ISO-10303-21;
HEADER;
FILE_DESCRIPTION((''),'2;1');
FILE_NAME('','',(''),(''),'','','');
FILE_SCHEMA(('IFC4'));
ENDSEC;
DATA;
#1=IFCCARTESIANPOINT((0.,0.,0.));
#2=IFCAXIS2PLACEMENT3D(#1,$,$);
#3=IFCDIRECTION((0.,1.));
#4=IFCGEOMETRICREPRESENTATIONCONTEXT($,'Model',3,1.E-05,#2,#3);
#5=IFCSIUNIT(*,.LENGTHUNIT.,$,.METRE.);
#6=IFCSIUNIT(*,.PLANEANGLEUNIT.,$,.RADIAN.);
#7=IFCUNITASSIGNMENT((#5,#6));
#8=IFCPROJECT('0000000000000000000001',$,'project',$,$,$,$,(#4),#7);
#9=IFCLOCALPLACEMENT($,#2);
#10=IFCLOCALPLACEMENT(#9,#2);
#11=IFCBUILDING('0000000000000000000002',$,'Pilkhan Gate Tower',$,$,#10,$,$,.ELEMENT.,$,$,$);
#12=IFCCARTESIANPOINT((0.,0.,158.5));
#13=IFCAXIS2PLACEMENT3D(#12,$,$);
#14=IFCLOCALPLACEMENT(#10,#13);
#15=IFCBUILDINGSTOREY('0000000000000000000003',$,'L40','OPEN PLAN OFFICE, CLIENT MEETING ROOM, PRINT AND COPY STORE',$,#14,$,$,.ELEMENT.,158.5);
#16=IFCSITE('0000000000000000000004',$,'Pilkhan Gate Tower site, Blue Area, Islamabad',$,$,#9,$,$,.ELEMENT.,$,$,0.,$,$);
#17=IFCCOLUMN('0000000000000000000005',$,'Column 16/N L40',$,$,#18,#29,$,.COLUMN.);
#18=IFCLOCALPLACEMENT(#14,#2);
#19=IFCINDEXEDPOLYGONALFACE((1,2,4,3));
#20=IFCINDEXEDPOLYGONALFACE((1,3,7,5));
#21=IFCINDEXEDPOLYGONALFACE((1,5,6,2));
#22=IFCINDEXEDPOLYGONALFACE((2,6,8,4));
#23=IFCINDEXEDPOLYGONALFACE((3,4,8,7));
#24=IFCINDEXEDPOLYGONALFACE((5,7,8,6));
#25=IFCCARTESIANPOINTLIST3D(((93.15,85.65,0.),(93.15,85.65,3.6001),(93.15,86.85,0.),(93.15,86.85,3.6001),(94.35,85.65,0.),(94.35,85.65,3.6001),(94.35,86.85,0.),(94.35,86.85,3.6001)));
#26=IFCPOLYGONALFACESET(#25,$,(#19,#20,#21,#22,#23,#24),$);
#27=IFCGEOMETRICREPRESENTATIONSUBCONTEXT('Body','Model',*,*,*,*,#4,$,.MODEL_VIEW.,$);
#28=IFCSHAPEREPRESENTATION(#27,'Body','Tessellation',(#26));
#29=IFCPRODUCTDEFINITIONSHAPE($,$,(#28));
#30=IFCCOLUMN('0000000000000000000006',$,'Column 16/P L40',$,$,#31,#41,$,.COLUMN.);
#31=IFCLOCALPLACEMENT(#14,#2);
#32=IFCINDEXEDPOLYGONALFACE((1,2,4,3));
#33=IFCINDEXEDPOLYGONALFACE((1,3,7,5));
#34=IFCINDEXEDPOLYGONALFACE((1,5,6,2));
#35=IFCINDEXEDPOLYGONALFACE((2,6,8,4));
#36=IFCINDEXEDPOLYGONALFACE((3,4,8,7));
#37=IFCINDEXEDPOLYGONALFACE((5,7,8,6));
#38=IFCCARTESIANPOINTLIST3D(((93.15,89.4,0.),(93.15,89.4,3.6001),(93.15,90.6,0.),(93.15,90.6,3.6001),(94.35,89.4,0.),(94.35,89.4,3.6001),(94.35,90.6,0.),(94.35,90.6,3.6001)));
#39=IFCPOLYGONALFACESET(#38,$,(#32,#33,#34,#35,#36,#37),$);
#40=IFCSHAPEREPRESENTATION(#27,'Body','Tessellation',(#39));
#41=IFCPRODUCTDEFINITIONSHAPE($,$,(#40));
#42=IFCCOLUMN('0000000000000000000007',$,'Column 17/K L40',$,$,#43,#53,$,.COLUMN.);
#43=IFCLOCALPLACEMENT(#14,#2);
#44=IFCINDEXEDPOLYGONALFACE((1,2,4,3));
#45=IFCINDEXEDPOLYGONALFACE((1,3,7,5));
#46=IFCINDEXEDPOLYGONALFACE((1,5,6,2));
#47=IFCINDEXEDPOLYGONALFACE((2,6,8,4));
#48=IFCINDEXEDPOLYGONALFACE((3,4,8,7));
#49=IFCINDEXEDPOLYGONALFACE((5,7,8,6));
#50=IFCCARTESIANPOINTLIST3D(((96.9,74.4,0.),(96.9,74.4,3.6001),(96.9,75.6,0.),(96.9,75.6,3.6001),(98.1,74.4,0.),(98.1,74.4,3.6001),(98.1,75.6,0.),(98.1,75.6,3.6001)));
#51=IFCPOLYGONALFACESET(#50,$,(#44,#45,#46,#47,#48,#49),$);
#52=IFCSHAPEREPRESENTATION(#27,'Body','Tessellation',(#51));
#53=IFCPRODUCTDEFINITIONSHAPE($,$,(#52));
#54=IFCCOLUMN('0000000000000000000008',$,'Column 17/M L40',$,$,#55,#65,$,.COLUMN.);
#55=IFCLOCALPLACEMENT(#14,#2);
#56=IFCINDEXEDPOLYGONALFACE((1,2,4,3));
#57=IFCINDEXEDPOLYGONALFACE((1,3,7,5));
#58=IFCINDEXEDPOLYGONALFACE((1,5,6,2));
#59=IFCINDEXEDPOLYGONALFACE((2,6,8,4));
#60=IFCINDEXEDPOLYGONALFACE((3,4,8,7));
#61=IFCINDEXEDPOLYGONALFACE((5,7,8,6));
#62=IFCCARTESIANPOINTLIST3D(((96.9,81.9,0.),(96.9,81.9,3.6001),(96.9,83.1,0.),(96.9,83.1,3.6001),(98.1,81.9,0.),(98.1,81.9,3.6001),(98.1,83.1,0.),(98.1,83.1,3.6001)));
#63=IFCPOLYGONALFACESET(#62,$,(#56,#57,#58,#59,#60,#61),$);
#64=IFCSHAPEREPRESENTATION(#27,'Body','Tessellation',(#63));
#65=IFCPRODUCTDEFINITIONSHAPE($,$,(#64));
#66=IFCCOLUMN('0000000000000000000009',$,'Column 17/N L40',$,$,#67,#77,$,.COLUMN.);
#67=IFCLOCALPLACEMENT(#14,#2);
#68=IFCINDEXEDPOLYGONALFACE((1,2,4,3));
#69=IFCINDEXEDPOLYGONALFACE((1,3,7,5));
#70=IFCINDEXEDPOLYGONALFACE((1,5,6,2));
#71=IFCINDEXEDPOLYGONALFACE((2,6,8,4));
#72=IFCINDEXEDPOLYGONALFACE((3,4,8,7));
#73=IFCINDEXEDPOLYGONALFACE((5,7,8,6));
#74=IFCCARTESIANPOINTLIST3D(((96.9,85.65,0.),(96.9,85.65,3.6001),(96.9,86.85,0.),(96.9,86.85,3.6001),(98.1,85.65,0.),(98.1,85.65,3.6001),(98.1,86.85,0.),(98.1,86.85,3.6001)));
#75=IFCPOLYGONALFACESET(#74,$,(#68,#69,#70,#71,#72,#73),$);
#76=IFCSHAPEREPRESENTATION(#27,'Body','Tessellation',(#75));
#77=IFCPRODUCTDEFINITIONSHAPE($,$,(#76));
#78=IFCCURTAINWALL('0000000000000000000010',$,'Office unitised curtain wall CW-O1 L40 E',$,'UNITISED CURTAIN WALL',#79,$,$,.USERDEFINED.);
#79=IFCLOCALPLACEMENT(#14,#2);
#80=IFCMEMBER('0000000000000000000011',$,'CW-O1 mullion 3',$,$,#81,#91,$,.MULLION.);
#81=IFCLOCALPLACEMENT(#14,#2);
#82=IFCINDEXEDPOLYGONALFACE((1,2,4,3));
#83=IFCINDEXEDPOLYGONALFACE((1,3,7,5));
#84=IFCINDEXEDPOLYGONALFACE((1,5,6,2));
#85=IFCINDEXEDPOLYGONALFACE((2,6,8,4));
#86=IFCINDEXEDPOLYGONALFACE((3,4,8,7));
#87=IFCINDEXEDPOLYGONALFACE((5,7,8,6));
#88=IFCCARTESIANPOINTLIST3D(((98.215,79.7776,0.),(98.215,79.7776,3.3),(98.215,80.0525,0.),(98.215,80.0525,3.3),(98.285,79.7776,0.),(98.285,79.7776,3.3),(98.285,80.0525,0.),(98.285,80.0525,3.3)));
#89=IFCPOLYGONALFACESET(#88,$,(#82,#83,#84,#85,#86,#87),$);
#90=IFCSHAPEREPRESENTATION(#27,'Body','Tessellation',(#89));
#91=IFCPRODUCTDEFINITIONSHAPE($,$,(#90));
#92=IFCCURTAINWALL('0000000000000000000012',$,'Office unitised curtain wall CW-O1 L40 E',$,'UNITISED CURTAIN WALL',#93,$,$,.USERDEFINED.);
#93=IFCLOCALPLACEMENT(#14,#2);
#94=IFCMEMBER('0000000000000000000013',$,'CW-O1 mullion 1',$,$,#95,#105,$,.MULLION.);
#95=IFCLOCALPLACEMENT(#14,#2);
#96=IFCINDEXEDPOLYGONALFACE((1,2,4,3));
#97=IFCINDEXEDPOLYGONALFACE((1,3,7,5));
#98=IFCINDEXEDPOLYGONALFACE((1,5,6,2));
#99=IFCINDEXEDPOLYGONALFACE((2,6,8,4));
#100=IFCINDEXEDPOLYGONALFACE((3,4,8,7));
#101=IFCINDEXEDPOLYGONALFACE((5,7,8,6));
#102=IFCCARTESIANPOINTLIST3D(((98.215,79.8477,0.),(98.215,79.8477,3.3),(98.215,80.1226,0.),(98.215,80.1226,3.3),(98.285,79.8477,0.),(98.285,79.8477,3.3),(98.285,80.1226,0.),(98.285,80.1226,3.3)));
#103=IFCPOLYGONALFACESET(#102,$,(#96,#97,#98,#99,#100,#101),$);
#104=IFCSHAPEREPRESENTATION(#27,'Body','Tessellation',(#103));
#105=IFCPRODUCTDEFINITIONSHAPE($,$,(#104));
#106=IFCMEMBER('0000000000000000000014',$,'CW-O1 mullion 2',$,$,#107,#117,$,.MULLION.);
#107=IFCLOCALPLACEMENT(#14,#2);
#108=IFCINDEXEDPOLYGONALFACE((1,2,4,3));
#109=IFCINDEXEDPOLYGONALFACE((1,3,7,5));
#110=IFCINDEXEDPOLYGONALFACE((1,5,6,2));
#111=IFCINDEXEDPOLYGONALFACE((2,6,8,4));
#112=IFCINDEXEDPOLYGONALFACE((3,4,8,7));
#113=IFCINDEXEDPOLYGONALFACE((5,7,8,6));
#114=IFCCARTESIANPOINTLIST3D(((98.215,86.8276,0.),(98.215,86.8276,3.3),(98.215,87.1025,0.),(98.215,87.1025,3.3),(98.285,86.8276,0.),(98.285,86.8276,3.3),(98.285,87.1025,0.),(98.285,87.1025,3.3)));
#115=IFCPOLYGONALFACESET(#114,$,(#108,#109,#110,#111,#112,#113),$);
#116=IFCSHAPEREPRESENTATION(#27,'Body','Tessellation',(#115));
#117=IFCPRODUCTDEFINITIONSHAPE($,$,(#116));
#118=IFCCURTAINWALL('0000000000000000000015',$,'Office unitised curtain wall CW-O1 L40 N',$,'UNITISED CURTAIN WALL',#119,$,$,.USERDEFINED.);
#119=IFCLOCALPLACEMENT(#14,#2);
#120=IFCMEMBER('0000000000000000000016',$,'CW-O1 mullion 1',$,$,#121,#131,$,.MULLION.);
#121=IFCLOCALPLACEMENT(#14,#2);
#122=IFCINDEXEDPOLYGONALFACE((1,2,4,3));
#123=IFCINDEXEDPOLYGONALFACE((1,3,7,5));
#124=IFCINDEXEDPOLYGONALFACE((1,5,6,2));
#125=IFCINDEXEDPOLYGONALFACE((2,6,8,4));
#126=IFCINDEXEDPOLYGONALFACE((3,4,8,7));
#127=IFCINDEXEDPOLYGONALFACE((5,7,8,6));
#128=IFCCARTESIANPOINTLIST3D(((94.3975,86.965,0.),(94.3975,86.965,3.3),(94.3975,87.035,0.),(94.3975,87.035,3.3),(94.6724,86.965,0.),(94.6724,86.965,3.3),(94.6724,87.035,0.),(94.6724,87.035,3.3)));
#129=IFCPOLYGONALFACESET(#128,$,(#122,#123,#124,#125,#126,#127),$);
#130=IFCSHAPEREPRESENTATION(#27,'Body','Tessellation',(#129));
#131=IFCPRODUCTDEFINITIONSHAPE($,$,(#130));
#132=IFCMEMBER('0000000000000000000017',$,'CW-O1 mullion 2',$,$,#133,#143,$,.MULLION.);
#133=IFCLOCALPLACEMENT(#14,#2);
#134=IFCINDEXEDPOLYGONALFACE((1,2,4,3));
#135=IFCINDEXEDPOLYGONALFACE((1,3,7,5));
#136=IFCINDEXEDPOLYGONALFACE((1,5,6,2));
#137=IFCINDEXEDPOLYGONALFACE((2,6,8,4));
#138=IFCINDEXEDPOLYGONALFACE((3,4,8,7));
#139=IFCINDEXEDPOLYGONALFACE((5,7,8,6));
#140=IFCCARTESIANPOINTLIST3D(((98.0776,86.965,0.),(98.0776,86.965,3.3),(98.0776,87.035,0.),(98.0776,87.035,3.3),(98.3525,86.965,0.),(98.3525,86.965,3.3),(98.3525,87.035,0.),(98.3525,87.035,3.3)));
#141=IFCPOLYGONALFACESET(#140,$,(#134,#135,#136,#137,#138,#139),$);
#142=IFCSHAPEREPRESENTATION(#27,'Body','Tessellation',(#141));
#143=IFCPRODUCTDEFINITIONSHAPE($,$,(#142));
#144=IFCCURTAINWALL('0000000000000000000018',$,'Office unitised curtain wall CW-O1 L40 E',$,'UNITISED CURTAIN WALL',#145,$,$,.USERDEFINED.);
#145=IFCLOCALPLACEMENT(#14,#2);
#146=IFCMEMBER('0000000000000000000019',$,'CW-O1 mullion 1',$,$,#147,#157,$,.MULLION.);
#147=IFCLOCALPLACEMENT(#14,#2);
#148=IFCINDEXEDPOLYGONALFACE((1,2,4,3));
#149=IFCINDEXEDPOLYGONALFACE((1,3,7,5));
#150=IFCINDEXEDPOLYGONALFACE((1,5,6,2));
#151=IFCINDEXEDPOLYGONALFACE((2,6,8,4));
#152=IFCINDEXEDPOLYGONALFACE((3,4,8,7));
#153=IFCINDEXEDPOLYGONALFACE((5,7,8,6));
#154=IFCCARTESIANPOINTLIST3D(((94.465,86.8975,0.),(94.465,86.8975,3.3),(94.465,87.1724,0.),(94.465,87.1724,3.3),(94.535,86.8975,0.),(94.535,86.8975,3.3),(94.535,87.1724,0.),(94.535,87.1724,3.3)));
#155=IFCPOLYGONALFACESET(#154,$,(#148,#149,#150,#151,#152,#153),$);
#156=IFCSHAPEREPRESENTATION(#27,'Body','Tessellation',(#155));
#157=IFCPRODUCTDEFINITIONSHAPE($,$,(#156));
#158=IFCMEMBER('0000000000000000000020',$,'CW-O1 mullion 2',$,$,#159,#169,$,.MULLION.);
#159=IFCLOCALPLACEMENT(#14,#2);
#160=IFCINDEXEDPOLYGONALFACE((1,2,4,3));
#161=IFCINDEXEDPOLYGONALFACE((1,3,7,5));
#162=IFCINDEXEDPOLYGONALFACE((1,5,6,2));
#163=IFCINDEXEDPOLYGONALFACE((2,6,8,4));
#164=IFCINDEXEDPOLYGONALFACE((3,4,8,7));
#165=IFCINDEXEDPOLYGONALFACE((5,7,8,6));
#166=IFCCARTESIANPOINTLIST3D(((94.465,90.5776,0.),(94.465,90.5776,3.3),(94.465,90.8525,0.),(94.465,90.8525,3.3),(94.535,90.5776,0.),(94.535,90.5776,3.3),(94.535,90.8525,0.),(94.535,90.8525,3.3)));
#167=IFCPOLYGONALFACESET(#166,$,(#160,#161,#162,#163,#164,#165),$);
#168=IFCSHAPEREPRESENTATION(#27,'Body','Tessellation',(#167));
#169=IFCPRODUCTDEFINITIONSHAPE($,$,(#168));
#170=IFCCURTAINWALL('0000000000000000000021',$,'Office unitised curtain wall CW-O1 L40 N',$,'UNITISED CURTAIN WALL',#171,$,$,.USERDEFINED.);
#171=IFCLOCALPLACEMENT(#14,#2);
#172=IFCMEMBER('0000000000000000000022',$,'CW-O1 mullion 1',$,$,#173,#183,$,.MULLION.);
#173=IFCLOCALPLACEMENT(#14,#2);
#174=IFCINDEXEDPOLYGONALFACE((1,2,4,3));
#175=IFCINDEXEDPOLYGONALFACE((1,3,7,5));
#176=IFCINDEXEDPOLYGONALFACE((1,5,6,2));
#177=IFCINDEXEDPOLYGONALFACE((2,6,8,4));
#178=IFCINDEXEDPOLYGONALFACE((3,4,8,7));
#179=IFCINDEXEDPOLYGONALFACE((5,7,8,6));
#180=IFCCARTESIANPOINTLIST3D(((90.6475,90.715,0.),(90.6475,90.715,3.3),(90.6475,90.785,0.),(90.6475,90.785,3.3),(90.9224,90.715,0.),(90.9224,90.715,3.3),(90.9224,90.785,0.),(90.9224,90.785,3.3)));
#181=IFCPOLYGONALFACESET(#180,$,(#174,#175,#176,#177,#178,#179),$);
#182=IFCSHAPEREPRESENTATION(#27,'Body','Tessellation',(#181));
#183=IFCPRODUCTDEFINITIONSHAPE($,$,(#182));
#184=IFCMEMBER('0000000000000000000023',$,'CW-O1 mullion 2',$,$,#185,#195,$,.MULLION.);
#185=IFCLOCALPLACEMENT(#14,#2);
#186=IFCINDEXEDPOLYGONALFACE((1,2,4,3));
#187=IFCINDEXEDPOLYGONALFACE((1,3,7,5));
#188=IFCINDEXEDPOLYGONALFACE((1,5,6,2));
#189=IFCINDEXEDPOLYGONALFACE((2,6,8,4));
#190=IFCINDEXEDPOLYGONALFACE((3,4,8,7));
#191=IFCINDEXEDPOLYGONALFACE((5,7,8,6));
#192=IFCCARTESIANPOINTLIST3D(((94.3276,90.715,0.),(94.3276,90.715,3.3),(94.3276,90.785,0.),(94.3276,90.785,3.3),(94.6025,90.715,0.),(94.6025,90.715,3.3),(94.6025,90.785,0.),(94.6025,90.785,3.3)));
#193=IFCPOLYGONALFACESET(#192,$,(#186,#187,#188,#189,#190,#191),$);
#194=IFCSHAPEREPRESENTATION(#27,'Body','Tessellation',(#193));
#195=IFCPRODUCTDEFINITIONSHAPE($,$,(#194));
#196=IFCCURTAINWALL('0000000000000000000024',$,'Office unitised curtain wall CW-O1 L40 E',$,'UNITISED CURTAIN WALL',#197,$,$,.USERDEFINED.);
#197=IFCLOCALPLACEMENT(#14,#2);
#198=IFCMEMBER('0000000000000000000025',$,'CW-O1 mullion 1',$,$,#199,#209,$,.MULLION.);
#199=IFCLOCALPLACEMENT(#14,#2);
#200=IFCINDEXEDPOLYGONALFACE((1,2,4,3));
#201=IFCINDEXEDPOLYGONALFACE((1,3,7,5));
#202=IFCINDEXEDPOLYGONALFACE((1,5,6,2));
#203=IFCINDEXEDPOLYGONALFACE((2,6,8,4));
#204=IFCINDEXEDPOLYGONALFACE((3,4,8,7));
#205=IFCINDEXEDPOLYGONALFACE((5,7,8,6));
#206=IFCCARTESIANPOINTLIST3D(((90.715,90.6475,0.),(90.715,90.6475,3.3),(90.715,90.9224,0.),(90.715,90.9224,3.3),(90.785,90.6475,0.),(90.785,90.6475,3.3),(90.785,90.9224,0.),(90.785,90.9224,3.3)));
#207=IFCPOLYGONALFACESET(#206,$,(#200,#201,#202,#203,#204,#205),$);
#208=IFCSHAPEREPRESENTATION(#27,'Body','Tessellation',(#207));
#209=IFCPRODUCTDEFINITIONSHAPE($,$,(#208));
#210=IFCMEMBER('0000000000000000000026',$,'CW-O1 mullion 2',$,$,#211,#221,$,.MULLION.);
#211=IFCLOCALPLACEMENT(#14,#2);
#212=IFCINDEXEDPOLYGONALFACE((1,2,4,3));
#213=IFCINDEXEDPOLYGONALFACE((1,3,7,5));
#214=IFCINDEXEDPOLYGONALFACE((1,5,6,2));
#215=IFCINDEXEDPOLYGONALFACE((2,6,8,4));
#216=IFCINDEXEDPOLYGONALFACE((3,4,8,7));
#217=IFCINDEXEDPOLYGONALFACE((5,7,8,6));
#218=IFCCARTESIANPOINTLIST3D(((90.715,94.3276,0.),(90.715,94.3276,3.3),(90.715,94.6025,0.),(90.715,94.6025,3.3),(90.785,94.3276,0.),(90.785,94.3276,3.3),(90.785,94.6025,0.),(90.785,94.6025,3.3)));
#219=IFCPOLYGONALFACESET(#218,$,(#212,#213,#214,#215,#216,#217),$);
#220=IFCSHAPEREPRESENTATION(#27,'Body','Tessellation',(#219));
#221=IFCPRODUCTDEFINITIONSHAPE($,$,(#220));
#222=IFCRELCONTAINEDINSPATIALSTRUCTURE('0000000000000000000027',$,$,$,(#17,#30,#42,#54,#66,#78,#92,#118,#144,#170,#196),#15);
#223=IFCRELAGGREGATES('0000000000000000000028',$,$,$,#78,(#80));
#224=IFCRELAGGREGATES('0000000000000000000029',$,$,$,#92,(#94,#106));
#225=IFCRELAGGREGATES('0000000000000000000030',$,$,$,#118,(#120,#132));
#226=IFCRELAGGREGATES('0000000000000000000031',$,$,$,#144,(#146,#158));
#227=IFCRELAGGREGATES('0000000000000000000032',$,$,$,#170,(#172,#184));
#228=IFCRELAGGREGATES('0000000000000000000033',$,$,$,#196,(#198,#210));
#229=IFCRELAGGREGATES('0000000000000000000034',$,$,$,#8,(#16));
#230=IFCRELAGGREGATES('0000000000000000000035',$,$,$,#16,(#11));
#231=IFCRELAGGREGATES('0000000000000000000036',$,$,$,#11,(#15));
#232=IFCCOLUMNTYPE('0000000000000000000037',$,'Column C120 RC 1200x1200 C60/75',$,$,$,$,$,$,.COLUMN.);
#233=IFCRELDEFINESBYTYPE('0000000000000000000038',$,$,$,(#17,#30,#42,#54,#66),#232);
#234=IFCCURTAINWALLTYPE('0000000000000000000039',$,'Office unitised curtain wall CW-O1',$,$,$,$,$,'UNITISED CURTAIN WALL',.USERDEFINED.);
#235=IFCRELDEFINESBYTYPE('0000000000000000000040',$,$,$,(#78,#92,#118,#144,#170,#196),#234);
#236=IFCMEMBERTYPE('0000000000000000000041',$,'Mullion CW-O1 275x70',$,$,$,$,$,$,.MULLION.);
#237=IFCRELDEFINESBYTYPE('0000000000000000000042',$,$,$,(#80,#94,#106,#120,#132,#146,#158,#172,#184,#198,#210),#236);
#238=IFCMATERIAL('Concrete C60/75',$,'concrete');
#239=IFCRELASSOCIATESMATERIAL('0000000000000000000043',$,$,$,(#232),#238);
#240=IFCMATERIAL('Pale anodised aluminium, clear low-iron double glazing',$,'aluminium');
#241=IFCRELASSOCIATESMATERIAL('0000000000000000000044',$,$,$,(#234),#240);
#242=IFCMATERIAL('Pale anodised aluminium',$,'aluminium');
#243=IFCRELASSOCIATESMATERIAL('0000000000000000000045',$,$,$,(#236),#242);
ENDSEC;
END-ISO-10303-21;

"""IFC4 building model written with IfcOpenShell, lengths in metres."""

from ifc_helpers import new_model, si_unit, direction, frame, origin, origin_2d, place, context, subcontext, project, spatial, rectangle, extrude, material, material_profile, profile_set, type_object, element, aggregate, save


model = new_model("IFC4")

# Units and contexts
model_context = context("Model", 3, precision=1e-05, world=origin(), true_north=direction((0.0, 1.0)))
body_context = subcontext(model_context, "Body", "Model", "MODEL_VIEW")
ifc_project = project(units=[si_unit("LENGTHUNIT", "METRE"), si_unit("PLANEANGLEUNIT", "RADIAN")], contexts=[model_context])

# Site, building, storey
site_placement = place(None, origin())
site = spatial("IfcSite", under=ifc_project, at=site_placement, Name="Pilkhan Gate Tower site, Blue Area, Islamabad", CompositionType="ELEMENT", RefElevation=0.0)
building_placement = place(site_placement, origin())
building = spatial("IfcBuilding", under=site, at=building_placement, Name="Pilkhan Gate Tower", CompositionType="ELEMENT")
storey_placement = place(building_placement, frame((0.0, 0.0, 158.5)))
storey = spatial("IfcBuildingStorey", under=building, at=storey_placement, Name="L40", Description="OPEN PLAN OFFICE, CLIENT MEETING ROOM, PRINT AND COPY STORE", CompositionType="ELEMENT", Elevation=158.5)

# Columns
ifc_material_1 = material(Name="Concrete C60/75", Category="concrete")
ifc_material_profile_1 = material_profile(ifc_material_1, rectangle(XDim=1.2, YDim=1.2, at=origin_2d()), Name="RC 1200x1200")
ifc_profile_set_1 = profile_set([ifc_material_profile_1], Name="Concrete C60/75")
column_type = type_object("IfcColumnType", Name="Column C120 RC 1200x1200 C60/75", PredefinedType="COLUMN", material=ifc_profile_set_1)
for number, where, z_axis, x_axis, name in (
    (1, (93.75, 86.25, 0.0), (0.0, 0.0, 1.0), (1.0, 0.0, 0.0), "Column 16/N L40"),
    (2, (93.75, 90.0, 0.0), (0.0, 0.0, 1.0), (1.0, 0.0, 0.0), "Column 16/P L40"),
    (3, (97.5, 75.0, 0.0), (0.0, 0.0, 1.0), (1.0, 0.0, 0.0), "Column 17/K L40"),
    (4, (97.5, 82.5, 0.0), (0.0, 0.0, 1.0), (1.0, 0.0, 0.0), "Column 17/M L40"),
    (5, (97.5, 86.25, 0.0), (0.0, 0.0, 1.0), (1.0, 0.0, 0.0), "Column 17/N L40"),
):
    element("IfcColumn", number, at=place(storey_placement, frame(where, z_axis=z_axis, x_axis=x_axis)), inside=storey, type_object=column_type, Name=name, PredefinedType="COLUMN", context=body_context, shape_type="SweptSolid", body=[
        extrude(rectangle(XDim=1.2, YDim=1.2, at=origin_2d()), origin(), (0.0, 0.0, 1.0), 3.6001),
    ])

# Curtain wall, member
ifc_material_2 = material(Name="Pale anodised aluminium, clear low-iron double glazing", Category="aluminium")
curtain_wall_type = type_object("IfcCurtainWallType", Name="Office unitised curtain wall CW-O1", ElementType="UNITISED CURTAIN WALL", PredefinedType="USERDEFINED", material=ifc_material_2)
curtain_wall_1_placement = place(storey_placement, origin())
curtain_wall_1 = element("IfcCurtainWall", 6, at=curtain_wall_1_placement, inside=storey, type_object=curtain_wall_type, Name="Office unitised curtain wall CW-O1 L40 E", ObjectType="UNITISED CURTAIN WALL", PredefinedType="USERDEFINED")
ifc_material_3 = material(Name="Pale anodised aluminium", Category="aluminium")
ifc_material_profile_2 = material_profile(ifc_material_3, rectangle(XDim=0.0701, YDim=0.2749, at=origin_2d()), Name="Mullion 275x70")
ifc_profile_set_2 = profile_set([ifc_material_profile_2], Name="Pale anodised aluminium")
member_type_1 = type_object("IfcMemberType", Name="Mullion CW-O1 275x70", PredefinedType="MULLION", material=ifc_profile_set_2)
member_1_placement = place(storey_placement, frame((98.25, 79.915, 0.0), z_axis=(0.0, 0.0, 1.0), x_axis=(-1.0, 0.0, 0.0)))
member_1 = element("IfcMember", 7, at=member_1_placement, type_object=member_type_1, Name="CW-O1 mullion 3", PredefinedType="MULLION", context=body_context, shape_type="SweptSolid", body=[
    extrude(rectangle(XDim=0.0701, YDim=0.2749, at=origin_2d()), origin(), (0.0, 0.0, 1.0), 3.3),
])

# Curtain walls, members
curtain_wall_2_placement = place(storey_placement, origin())
curtain_wall_2 = element("IfcCurtainWall", 8, at=curtain_wall_2_placement, inside=storey, type_object=curtain_wall_type, Name="Office unitised curtain wall CW-O1 L40 E", ObjectType="UNITISED CURTAIN WALL", PredefinedType="USERDEFINED")
member_2_placement = place(storey_placement, frame((98.25, 79.9851, 0.0), z_axis=(0.0, 0.0, 1.0), x_axis=(-1.0, 0.0, 0.0)))
member_2 = element("IfcMember", 9, at=member_2_placement, type_object=member_type_1, Name="CW-O1 mullion 1", PredefinedType="MULLION", context=body_context, shape_type="SweptSolid", body=[
    extrude(rectangle(XDim=0.0701, YDim=0.2749, at=origin_2d()), origin(), (0.0, 0.0, 1.0), 3.3),
])
member_3_placement = place(storey_placement, frame((98.25, 86.9651, 0.0), z_axis=(0.0, 0.0, 1.0), x_axis=(-1.0, 0.0, 0.0)))
member_3 = element("IfcMember", 10, at=member_3_placement, type_object=member_type_1, Name="CW-O1 mullion 2", PredefinedType="MULLION", context=body_context, shape_type="SweptSolid", body=[
    extrude(rectangle(XDim=0.0701, YDim=0.2749, at=origin_2d()), origin(), (0.0, 0.0, 1.0), 3.3),
])
curtain_wall_3_placement = place(storey_placement, origin())
curtain_wall_3 = element("IfcCurtainWall", 11, at=curtain_wall_3_placement, inside=storey, type_object=curtain_wall_type, Name="Office unitised curtain wall CW-O1 L40 N", ObjectType="UNITISED CURTAIN WALL", PredefinedType="USERDEFINED")
member_4_placement = place(storey_placement, frame((94.5349, 87.0, 0.0), z_axis=(0.0, 0.0, 1.0), x_axis=(0.0, 1.0, 0.0)))
member_4 = element("IfcMember", 12, at=member_4_placement, type_object=member_type_1, Name="CW-O1 mullion 1", PredefinedType="MULLION", context=body_context, shape_type="SweptSolid", body=[
    extrude(rectangle(XDim=0.0701, YDim=0.2749, at=origin_2d()), origin(), (0.0, 0.0, 1.0), 3.3),
])
member_5_placement = place(storey_placement, frame((98.2151, 87.0, 0.0), z_axis=(0.0, 0.0, 1.0), x_axis=(0.0, 1.0, 0.0)))
member_5 = element("IfcMember", 13, at=member_5_placement, type_object=member_type_1, Name="CW-O1 mullion 2", PredefinedType="MULLION", context=body_context, shape_type="SweptSolid", body=[
    extrude(rectangle(XDim=0.0701, YDim=0.2749, at=origin_2d()), origin(), (0.0, 0.0, 1.0), 3.3),
])
curtain_wall_4_placement = place(storey_placement, origin())
curtain_wall_4 = element("IfcCurtainWall", 14, at=curtain_wall_4_placement, inside=storey, type_object=curtain_wall_type, Name="Office unitised curtain wall CW-O1 L40 E", ObjectType="UNITISED CURTAIN WALL", PredefinedType="USERDEFINED")
member_6_placement = place(storey_placement, frame((94.5, 87.0349, 0.0), z_axis=(0.0, 0.0, 1.0), x_axis=(-1.0, 0.0, 0.0)))
member_6 = element("IfcMember", 15, at=member_6_placement, type_object=member_type_1, Name="CW-O1 mullion 1", PredefinedType="MULLION", context=body_context, shape_type="SweptSolid", body=[
    extrude(rectangle(XDim=0.0701, YDim=0.2749, at=origin_2d()), origin(), (0.0, 0.0, 1.0), 3.3),
])
member_7_placement = place(storey_placement, frame((94.5, 90.7151, 0.0), z_axis=(0.0, 0.0, 1.0), x_axis=(-1.0, 0.0, 0.0)))
member_7 = element("IfcMember", 16, at=member_7_placement, type_object=member_type_1, Name="CW-O1 mullion 2", PredefinedType="MULLION", context=body_context, shape_type="SweptSolid", body=[
    extrude(rectangle(XDim=0.0701, YDim=0.2749, at=origin_2d()), origin(), (0.0, 0.0, 1.0), 3.3),
])
curtain_wall_5_placement = place(storey_placement, origin())
curtain_wall_5 = element("IfcCurtainWall", 17, at=curtain_wall_5_placement, inside=storey, type_object=curtain_wall_type, Name="Office unitised curtain wall CW-O1 L40 N", ObjectType="UNITISED CURTAIN WALL", PredefinedType="USERDEFINED")
member_8_placement = place(storey_placement, frame((90.7849, 90.75, 0.0), z_axis=(0.0, 0.0, 1.0), x_axis=(0.0, 1.0, 0.0)))
member_8 = element("IfcMember", 18, at=member_8_placement, type_object=member_type_1, Name="CW-O1 mullion 1", PredefinedType="MULLION", context=body_context, shape_type="SweptSolid", body=[
    extrude(rectangle(XDim=0.0701, YDim=0.2749, at=origin_2d()), origin(), (0.0, 0.0, 1.0), 3.3),
])
member_9_placement = place(storey_placement, frame((94.4651, 90.75, 0.0), z_axis=(0.0, 0.0, 1.0), x_axis=(0.0, 1.0, 0.0)))
member_9 = element("IfcMember", 19, at=member_9_placement, type_object=member_type_1, Name="CW-O1 mullion 2", PredefinedType="MULLION", context=body_context, shape_type="SweptSolid", body=[
    extrude(rectangle(XDim=0.0701, YDim=0.2749, at=origin_2d()), origin(), (0.0, 0.0, 1.0), 3.3),
])
curtain_wall_6_placement = place(storey_placement, origin())
curtain_wall_6 = element("IfcCurtainWall", 20, at=curtain_wall_6_placement, inside=storey, type_object=curtain_wall_type, Name="Office unitised curtain wall CW-O1 L40 E", ObjectType="UNITISED CURTAIN WALL", PredefinedType="USERDEFINED")
member_10_placement = place(storey_placement, frame((90.75, 90.7849, 0.0), z_axis=(0.0, 0.0, 1.0), x_axis=(-1.0, 0.0, 0.0)))
member_10 = element("IfcMember", 21, at=member_10_placement, type_object=member_type_1, Name="CW-O1 mullion 1", PredefinedType="MULLION", context=body_context, shape_type="SweptSolid", body=[
    extrude(rectangle(XDim=0.0701, YDim=0.2749, at=origin_2d()), origin(), (0.0, 0.0, 1.0), 3.3),
])
member_11_placement = place(storey_placement, frame((90.75, 94.4651, 0.0), z_axis=(0.0, 0.0, 1.0), x_axis=(-1.0, 0.0, 0.0)))
member_11 = element("IfcMember", 22, at=member_11_placement, type_object=member_type_1, Name="CW-O1 mullion 2", PredefinedType="MULLION", context=body_context, shape_type="SweptSolid", body=[
    extrude(rectangle(XDim=0.0701, YDim=0.2749, at=origin_2d()), origin(), (0.0, 0.0, 1.0), 3.3),
])

aggregate(curtain_wall_1, [member_1])
aggregate(curtain_wall_2, [member_2, member_3])
aggregate(curtain_wall_3, [member_4, member_5])
aggregate(curtain_wall_4, [member_6, member_7])
aggregate(curtain_wall_5, [member_8, member_9])
aggregate(curtain_wall_6, [member_10, member_11])

save(model, "model.ifc")
